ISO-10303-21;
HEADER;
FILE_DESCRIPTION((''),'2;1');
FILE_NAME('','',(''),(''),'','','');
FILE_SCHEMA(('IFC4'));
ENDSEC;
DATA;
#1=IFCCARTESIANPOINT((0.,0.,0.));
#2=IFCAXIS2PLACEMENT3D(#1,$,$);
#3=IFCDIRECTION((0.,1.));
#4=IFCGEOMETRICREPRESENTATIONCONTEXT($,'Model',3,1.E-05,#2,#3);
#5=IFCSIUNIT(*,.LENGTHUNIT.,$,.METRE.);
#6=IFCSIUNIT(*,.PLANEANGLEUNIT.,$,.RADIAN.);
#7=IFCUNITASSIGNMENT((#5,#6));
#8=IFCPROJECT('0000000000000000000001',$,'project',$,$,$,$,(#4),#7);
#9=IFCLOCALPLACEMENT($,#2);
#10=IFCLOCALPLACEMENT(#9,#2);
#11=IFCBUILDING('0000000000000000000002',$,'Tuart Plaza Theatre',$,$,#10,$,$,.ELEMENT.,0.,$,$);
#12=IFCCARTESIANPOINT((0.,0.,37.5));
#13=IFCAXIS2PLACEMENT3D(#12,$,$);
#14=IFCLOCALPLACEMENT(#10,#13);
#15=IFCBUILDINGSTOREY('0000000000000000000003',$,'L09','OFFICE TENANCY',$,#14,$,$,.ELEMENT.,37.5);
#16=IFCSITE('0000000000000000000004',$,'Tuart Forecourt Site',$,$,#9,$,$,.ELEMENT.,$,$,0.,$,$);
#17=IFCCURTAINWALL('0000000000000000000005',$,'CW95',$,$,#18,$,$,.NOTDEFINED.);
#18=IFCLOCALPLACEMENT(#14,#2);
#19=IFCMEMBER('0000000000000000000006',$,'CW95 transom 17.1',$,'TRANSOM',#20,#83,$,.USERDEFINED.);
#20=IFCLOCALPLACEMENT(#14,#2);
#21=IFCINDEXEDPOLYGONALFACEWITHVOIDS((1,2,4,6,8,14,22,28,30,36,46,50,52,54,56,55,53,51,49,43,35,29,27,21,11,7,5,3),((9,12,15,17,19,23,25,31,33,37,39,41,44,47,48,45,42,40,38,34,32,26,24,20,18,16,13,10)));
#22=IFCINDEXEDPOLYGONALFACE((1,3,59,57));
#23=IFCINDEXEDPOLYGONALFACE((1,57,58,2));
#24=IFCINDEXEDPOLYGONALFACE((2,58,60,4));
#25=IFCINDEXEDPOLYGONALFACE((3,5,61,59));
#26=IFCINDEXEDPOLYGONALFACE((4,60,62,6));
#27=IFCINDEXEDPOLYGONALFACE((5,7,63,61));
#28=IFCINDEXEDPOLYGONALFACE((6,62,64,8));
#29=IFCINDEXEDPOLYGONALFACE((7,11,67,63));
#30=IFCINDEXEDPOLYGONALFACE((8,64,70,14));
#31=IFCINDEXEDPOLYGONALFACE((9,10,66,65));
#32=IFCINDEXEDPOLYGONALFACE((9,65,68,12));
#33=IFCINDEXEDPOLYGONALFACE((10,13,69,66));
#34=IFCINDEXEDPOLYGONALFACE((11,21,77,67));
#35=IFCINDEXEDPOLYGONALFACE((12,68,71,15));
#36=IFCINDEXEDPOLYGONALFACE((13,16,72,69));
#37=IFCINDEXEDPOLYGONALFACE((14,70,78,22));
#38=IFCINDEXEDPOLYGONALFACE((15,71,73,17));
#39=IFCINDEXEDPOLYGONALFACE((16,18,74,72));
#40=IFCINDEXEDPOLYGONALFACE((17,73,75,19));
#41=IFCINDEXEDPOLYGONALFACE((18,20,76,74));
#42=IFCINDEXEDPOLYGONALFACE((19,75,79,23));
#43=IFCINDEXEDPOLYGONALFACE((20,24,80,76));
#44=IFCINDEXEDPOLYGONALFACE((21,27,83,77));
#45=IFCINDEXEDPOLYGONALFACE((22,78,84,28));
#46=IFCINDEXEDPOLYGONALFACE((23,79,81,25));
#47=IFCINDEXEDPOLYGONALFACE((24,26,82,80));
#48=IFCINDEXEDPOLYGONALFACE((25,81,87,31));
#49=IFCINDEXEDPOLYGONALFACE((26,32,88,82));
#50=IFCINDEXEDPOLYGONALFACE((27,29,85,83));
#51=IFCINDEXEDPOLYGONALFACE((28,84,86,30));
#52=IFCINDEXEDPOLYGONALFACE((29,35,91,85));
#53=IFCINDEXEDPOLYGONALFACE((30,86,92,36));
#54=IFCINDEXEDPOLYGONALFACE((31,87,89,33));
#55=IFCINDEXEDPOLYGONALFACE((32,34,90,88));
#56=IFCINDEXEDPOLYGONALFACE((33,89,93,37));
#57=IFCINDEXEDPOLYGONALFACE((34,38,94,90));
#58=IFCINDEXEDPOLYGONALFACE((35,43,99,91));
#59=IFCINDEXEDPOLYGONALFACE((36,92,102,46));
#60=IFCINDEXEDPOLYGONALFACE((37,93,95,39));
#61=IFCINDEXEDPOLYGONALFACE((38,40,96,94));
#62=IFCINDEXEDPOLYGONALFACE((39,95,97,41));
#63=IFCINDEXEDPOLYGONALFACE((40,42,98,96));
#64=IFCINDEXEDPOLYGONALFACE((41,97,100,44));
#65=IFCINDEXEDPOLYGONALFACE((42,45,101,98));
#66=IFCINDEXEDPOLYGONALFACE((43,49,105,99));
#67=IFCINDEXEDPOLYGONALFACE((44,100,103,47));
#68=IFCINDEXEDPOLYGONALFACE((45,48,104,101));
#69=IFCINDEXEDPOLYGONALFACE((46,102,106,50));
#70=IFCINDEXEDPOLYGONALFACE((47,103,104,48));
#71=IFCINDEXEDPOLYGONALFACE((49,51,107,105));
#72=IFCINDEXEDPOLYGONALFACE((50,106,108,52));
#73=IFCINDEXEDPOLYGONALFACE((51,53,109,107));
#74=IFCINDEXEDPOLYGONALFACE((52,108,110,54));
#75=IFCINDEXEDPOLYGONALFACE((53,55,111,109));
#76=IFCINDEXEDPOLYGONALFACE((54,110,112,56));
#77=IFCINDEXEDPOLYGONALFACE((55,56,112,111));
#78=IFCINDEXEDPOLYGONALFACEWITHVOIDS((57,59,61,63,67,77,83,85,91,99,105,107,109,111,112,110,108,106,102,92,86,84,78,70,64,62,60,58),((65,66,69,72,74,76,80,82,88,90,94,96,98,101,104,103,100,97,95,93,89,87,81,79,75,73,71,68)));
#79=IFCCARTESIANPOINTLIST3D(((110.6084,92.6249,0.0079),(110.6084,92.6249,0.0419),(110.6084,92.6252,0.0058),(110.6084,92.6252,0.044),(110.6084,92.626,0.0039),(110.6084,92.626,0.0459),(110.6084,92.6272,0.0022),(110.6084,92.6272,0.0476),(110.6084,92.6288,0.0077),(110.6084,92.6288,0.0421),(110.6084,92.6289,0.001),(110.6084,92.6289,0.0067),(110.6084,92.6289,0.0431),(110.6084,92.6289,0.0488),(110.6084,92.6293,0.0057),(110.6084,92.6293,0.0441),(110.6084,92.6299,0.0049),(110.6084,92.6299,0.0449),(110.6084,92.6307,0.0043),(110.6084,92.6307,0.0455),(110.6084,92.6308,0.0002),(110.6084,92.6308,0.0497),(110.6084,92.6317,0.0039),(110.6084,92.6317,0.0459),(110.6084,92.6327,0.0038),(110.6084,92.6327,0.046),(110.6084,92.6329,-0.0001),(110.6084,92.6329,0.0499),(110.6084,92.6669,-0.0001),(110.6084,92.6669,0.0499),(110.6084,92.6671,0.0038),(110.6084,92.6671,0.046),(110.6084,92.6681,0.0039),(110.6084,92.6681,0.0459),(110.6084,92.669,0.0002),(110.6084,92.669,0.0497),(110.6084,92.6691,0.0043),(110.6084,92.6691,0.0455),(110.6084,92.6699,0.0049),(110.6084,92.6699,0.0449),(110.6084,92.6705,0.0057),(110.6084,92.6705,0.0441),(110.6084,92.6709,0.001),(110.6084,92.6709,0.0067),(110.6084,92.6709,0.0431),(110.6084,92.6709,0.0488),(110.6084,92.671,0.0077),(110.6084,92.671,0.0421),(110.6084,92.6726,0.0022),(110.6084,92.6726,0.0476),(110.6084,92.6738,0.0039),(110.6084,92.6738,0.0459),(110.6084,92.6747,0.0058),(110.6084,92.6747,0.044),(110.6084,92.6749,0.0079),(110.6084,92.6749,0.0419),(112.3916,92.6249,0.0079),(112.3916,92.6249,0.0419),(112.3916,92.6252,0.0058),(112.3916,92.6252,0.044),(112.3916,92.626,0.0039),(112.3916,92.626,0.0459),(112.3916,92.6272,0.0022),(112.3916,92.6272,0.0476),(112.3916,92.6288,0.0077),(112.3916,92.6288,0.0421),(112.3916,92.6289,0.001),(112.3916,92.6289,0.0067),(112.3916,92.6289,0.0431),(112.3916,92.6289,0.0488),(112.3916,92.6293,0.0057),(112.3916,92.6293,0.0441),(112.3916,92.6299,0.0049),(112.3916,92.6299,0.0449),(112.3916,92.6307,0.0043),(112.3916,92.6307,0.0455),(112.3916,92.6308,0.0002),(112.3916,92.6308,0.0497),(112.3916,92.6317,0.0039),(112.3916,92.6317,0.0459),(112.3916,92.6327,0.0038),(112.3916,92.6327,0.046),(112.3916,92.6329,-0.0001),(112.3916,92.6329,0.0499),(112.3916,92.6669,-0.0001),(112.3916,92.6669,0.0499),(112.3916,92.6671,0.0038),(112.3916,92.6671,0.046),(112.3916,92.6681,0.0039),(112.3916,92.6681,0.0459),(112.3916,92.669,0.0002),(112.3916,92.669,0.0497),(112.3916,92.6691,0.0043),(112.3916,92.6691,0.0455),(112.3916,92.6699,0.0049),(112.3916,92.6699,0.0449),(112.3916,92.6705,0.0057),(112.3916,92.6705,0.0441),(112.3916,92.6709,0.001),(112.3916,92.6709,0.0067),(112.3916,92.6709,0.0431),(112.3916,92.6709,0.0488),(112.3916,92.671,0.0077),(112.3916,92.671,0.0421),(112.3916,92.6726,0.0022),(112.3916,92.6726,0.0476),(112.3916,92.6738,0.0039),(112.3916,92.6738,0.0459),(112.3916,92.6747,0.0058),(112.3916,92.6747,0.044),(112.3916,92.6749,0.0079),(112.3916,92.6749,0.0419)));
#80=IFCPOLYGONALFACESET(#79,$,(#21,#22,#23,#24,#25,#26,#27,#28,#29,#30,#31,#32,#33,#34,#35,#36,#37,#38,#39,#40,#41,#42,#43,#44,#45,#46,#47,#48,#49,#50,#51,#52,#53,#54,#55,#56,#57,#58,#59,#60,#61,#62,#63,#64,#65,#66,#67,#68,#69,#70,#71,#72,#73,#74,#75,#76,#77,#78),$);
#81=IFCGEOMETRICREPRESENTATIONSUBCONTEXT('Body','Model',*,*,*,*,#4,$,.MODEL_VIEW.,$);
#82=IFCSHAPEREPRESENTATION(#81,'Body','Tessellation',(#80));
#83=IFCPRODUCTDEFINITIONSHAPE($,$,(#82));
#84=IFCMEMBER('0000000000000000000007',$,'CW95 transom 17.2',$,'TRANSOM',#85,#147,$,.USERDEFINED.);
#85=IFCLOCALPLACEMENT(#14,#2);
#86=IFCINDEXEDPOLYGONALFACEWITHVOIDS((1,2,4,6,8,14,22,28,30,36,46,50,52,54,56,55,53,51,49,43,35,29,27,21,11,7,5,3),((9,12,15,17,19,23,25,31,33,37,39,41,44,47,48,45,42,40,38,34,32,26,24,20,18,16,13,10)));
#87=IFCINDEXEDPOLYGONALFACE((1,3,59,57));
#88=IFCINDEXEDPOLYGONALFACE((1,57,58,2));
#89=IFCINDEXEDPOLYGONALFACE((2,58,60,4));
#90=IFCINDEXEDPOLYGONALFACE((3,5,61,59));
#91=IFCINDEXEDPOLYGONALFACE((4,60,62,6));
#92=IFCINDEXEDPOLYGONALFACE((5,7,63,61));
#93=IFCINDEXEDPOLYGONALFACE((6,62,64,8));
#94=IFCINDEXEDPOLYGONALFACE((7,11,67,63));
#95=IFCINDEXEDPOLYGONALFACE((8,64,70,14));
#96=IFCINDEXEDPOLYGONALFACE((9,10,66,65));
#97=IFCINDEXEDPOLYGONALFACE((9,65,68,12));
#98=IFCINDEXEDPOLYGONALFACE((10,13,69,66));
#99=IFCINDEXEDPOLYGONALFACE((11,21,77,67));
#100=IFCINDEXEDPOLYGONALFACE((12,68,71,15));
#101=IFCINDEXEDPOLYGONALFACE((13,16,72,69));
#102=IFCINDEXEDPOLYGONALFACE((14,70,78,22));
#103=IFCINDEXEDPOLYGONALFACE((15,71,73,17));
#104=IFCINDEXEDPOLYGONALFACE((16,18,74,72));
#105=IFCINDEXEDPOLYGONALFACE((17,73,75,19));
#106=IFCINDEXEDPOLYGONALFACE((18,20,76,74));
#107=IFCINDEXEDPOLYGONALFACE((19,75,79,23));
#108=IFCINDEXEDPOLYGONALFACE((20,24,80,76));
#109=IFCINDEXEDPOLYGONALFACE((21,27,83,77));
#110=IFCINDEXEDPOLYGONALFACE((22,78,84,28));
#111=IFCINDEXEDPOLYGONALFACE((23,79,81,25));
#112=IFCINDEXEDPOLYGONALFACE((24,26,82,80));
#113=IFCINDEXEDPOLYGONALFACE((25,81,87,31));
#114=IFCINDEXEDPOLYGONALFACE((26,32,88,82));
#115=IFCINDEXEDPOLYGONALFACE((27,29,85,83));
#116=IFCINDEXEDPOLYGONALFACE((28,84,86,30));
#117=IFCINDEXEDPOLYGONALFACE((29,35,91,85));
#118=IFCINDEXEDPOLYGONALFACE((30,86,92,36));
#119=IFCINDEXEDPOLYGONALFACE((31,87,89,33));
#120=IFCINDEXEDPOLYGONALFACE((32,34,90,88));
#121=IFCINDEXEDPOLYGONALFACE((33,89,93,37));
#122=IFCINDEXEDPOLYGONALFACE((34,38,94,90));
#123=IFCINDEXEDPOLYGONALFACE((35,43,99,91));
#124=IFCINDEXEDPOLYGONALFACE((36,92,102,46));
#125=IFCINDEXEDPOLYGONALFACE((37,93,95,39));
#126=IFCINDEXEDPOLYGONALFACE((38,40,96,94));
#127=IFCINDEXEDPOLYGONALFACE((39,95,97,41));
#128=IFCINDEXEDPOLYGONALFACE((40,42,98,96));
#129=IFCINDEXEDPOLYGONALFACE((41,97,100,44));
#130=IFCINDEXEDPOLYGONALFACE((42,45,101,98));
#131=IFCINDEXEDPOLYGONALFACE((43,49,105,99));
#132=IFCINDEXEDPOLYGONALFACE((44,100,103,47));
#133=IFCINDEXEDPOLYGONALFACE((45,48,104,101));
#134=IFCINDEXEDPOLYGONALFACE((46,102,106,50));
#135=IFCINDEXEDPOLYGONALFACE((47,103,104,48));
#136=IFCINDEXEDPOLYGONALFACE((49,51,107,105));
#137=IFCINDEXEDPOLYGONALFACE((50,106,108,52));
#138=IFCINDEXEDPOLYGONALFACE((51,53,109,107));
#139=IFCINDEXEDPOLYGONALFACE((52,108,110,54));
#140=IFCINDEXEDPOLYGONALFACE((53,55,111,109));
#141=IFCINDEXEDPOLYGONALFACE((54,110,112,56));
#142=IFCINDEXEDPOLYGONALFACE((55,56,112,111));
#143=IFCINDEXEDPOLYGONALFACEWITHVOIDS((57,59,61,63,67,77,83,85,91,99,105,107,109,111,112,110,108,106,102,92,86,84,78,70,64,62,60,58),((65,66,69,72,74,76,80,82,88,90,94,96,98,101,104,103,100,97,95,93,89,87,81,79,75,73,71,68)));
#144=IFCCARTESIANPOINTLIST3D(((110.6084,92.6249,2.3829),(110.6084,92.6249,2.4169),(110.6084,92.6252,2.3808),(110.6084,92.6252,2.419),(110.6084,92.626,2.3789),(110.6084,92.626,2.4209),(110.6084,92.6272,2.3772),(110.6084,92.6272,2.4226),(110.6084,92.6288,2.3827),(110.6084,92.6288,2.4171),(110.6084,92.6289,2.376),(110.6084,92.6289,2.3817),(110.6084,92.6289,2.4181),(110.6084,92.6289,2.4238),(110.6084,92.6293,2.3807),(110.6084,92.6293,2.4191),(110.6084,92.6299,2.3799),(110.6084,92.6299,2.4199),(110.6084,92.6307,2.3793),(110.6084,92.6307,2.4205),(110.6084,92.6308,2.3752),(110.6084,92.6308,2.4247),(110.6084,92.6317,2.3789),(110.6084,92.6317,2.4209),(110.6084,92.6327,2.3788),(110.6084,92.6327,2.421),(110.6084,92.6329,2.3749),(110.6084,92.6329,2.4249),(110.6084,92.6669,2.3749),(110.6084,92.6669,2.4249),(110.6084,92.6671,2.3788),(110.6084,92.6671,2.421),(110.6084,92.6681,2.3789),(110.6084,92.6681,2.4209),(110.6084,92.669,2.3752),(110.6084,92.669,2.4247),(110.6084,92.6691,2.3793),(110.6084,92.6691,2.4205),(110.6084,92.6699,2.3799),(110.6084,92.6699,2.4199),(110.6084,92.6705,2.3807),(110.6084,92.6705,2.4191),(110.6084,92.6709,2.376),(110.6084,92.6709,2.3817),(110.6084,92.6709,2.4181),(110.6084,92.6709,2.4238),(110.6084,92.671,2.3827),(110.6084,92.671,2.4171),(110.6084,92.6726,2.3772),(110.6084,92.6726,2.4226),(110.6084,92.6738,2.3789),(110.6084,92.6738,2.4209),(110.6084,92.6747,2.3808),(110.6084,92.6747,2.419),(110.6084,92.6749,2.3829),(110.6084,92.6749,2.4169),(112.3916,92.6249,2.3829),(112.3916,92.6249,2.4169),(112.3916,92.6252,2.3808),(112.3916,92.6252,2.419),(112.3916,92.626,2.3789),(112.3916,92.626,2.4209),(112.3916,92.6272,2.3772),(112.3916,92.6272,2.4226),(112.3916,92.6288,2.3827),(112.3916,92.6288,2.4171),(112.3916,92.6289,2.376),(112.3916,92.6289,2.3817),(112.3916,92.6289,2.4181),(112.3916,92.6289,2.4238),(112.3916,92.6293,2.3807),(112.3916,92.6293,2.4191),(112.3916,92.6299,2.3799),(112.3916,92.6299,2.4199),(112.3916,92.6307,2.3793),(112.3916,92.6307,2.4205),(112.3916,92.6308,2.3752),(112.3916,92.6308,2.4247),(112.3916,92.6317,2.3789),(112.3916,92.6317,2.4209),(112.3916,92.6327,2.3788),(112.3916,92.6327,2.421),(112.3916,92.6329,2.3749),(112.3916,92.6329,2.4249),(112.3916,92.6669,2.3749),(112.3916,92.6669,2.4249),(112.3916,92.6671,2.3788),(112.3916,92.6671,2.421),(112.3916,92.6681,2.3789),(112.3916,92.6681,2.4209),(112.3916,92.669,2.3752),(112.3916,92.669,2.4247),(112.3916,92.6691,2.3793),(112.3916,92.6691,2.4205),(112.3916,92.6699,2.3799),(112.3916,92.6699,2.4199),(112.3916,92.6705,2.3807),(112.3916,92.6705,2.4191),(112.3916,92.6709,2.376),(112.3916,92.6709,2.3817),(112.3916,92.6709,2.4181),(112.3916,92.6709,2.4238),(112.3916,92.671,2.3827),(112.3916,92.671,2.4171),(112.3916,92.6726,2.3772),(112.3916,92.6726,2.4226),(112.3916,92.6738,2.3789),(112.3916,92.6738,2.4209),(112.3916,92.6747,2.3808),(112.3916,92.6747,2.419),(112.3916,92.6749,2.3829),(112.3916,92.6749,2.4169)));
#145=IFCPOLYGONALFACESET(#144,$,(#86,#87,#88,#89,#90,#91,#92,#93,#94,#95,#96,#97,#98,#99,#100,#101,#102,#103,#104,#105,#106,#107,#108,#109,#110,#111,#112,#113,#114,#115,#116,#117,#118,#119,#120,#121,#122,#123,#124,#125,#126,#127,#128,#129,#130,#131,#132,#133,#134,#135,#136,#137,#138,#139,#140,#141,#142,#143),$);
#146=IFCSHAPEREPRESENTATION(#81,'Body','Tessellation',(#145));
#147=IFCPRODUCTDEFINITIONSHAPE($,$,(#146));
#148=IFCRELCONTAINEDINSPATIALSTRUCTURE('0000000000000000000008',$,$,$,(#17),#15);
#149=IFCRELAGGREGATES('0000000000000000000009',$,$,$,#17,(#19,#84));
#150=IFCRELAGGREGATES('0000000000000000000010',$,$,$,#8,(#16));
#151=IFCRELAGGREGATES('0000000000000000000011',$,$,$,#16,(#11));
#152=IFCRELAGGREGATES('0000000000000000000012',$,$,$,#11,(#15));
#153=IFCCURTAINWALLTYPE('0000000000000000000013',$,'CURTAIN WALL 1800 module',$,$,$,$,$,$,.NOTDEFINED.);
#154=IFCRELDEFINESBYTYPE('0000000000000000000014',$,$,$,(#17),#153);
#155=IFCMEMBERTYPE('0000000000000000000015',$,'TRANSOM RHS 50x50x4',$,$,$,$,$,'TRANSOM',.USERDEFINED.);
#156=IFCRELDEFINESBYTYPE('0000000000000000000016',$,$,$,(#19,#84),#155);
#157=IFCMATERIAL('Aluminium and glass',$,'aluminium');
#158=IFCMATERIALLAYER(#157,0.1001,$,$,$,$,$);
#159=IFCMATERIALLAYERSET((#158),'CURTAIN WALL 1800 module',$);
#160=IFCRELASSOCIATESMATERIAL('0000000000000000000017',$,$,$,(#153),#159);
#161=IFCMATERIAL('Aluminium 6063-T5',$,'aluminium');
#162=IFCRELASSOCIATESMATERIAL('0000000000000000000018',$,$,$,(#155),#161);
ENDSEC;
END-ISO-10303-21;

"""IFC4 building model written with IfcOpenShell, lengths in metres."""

from ifc_helpers import new_model, si_unit, direction, frame, origin, origin_2d, place, context, subcontext, project, spatial, hollow_rectangle, extrude, material, layer, layer_set, material_profile, profile_set, type_object, element, aggregate, save


model = new_model("IFC4")

# Units and contexts
model_context = context("Model", 3, precision=1e-05, world=origin(), true_north=direction((0.0, 1.0)))
body_context = subcontext(model_context, "Body", "Model", "MODEL_VIEW")
ifc_project = project(units=[si_unit("LENGTHUNIT", "METRE"), si_unit("PLANEANGLEUNIT", "RADIAN")], contexts=[model_context])

# Site, building, storey
site_placement = place(None, origin())
site = spatial("IfcSite", under=ifc_project, at=site_placement, Name="Tuart Forecourt Site", CompositionType="ELEMENT", RefElevation=0.0)
building_placement = place(site_placement, origin())
building = spatial("IfcBuilding", under=site, at=building_placement, Name="Tuart Plaza Theatre", CompositionType="ELEMENT", ElevationOfRefHeight=0.0)
storey_placement = place(building_placement, frame((0.0, 0.0, 37.5)))
storey = spatial("IfcBuildingStorey", under=building, at=storey_placement, Name="L09", Description="OFFICE TENANCY", CompositionType="ELEMENT", Elevation=37.5)

# Curtain wall, members
ifc_material_1 = material(Name="Aluminium and glass", Category="aluminium")
ifc_layer_1 = layer(ifc_material_1, 0.1001)
ifc_layer_set_1 = layer_set([ifc_layer_1], Name="CURTAIN WALL 1800 module")
curtain_wall_type_1 = type_object("IfcCurtainWallType", Name="CURTAIN WALL 1800 module", PredefinedType="NOTDEFINED", material=ifc_layer_set_1)
curtain_wall_1_placement = place(storey_placement, origin())
curtain_wall_1 = element("IfcCurtainWall", 1, at=curtain_wall_1_placement, inside=storey, type_object=curtain_wall_type_1, Name="CW95", PredefinedType="NOTDEFINED")
ifc_material_2 = material(Name="Aluminium 6063-T5", Category="aluminium")
ifc_material_profile_1 = material_profile(ifc_material_2, hollow_rectangle(XDim=0.05, YDim=0.05, WallThickness=0.0039, InnerFilletRadius=0.0039, OuterFilletRadius=0.0081, at=origin_2d()), Name="RHS 50x50x4")
ifc_profile_set_1 = profile_set([ifc_material_profile_1], Name="Aluminium 6063-T5")
member_type_1 = type_object("IfcMemberType", Name="TRANSOM RHS 50x50x4", ElementType="TRANSOM", PredefinedType="USERDEFINED", material=ifc_profile_set_1)
member_1_placement = place(storey_placement, frame((112.3916, 92.6499, 0.0249), z_axis=(-1.0, 0.0, 0.0), x_axis=(0.0, -1.0, 0.0)))
member_1 = element("IfcMember", 2, at=member_1_placement, type_object=member_type_1, Name="CW95 transom 17.1", ObjectType="TRANSOM", PredefinedType="USERDEFINED", context=body_context, shape_type="SweptSolid", body=[
    extrude(hollow_rectangle(XDim=0.05, YDim=0.05, WallThickness=0.0039, InnerFilletRadius=0.0039, OuterFilletRadius=0.0081, at=origin_2d()), origin(), (0.0, 0.0, 1.0), 1.7832),
])
member_2_placement = place(storey_placement, frame((112.3916, 92.6499, 2.3999), z_axis=(-1.0, 0.0, 0.0), x_axis=(0.0, -1.0, 0.0)))
member_2 = element("IfcMember", 3, at=member_2_placement, type_object=member_type_1, Name="CW95 transom 17.2", ObjectType="TRANSOM", PredefinedType="USERDEFINED", context=body_context, shape_type="SweptSolid", body=[
    extrude(hollow_rectangle(XDim=0.05, YDim=0.05, WallThickness=0.0039, InnerFilletRadius=0.0039, OuterFilletRadius=0.0081, at=origin_2d()), origin(), (0.0, 0.0, 1.0), 1.7832),
])

aggregate(curtain_wall_1, [member_1, member_2])

save(model, "model.ifc")
